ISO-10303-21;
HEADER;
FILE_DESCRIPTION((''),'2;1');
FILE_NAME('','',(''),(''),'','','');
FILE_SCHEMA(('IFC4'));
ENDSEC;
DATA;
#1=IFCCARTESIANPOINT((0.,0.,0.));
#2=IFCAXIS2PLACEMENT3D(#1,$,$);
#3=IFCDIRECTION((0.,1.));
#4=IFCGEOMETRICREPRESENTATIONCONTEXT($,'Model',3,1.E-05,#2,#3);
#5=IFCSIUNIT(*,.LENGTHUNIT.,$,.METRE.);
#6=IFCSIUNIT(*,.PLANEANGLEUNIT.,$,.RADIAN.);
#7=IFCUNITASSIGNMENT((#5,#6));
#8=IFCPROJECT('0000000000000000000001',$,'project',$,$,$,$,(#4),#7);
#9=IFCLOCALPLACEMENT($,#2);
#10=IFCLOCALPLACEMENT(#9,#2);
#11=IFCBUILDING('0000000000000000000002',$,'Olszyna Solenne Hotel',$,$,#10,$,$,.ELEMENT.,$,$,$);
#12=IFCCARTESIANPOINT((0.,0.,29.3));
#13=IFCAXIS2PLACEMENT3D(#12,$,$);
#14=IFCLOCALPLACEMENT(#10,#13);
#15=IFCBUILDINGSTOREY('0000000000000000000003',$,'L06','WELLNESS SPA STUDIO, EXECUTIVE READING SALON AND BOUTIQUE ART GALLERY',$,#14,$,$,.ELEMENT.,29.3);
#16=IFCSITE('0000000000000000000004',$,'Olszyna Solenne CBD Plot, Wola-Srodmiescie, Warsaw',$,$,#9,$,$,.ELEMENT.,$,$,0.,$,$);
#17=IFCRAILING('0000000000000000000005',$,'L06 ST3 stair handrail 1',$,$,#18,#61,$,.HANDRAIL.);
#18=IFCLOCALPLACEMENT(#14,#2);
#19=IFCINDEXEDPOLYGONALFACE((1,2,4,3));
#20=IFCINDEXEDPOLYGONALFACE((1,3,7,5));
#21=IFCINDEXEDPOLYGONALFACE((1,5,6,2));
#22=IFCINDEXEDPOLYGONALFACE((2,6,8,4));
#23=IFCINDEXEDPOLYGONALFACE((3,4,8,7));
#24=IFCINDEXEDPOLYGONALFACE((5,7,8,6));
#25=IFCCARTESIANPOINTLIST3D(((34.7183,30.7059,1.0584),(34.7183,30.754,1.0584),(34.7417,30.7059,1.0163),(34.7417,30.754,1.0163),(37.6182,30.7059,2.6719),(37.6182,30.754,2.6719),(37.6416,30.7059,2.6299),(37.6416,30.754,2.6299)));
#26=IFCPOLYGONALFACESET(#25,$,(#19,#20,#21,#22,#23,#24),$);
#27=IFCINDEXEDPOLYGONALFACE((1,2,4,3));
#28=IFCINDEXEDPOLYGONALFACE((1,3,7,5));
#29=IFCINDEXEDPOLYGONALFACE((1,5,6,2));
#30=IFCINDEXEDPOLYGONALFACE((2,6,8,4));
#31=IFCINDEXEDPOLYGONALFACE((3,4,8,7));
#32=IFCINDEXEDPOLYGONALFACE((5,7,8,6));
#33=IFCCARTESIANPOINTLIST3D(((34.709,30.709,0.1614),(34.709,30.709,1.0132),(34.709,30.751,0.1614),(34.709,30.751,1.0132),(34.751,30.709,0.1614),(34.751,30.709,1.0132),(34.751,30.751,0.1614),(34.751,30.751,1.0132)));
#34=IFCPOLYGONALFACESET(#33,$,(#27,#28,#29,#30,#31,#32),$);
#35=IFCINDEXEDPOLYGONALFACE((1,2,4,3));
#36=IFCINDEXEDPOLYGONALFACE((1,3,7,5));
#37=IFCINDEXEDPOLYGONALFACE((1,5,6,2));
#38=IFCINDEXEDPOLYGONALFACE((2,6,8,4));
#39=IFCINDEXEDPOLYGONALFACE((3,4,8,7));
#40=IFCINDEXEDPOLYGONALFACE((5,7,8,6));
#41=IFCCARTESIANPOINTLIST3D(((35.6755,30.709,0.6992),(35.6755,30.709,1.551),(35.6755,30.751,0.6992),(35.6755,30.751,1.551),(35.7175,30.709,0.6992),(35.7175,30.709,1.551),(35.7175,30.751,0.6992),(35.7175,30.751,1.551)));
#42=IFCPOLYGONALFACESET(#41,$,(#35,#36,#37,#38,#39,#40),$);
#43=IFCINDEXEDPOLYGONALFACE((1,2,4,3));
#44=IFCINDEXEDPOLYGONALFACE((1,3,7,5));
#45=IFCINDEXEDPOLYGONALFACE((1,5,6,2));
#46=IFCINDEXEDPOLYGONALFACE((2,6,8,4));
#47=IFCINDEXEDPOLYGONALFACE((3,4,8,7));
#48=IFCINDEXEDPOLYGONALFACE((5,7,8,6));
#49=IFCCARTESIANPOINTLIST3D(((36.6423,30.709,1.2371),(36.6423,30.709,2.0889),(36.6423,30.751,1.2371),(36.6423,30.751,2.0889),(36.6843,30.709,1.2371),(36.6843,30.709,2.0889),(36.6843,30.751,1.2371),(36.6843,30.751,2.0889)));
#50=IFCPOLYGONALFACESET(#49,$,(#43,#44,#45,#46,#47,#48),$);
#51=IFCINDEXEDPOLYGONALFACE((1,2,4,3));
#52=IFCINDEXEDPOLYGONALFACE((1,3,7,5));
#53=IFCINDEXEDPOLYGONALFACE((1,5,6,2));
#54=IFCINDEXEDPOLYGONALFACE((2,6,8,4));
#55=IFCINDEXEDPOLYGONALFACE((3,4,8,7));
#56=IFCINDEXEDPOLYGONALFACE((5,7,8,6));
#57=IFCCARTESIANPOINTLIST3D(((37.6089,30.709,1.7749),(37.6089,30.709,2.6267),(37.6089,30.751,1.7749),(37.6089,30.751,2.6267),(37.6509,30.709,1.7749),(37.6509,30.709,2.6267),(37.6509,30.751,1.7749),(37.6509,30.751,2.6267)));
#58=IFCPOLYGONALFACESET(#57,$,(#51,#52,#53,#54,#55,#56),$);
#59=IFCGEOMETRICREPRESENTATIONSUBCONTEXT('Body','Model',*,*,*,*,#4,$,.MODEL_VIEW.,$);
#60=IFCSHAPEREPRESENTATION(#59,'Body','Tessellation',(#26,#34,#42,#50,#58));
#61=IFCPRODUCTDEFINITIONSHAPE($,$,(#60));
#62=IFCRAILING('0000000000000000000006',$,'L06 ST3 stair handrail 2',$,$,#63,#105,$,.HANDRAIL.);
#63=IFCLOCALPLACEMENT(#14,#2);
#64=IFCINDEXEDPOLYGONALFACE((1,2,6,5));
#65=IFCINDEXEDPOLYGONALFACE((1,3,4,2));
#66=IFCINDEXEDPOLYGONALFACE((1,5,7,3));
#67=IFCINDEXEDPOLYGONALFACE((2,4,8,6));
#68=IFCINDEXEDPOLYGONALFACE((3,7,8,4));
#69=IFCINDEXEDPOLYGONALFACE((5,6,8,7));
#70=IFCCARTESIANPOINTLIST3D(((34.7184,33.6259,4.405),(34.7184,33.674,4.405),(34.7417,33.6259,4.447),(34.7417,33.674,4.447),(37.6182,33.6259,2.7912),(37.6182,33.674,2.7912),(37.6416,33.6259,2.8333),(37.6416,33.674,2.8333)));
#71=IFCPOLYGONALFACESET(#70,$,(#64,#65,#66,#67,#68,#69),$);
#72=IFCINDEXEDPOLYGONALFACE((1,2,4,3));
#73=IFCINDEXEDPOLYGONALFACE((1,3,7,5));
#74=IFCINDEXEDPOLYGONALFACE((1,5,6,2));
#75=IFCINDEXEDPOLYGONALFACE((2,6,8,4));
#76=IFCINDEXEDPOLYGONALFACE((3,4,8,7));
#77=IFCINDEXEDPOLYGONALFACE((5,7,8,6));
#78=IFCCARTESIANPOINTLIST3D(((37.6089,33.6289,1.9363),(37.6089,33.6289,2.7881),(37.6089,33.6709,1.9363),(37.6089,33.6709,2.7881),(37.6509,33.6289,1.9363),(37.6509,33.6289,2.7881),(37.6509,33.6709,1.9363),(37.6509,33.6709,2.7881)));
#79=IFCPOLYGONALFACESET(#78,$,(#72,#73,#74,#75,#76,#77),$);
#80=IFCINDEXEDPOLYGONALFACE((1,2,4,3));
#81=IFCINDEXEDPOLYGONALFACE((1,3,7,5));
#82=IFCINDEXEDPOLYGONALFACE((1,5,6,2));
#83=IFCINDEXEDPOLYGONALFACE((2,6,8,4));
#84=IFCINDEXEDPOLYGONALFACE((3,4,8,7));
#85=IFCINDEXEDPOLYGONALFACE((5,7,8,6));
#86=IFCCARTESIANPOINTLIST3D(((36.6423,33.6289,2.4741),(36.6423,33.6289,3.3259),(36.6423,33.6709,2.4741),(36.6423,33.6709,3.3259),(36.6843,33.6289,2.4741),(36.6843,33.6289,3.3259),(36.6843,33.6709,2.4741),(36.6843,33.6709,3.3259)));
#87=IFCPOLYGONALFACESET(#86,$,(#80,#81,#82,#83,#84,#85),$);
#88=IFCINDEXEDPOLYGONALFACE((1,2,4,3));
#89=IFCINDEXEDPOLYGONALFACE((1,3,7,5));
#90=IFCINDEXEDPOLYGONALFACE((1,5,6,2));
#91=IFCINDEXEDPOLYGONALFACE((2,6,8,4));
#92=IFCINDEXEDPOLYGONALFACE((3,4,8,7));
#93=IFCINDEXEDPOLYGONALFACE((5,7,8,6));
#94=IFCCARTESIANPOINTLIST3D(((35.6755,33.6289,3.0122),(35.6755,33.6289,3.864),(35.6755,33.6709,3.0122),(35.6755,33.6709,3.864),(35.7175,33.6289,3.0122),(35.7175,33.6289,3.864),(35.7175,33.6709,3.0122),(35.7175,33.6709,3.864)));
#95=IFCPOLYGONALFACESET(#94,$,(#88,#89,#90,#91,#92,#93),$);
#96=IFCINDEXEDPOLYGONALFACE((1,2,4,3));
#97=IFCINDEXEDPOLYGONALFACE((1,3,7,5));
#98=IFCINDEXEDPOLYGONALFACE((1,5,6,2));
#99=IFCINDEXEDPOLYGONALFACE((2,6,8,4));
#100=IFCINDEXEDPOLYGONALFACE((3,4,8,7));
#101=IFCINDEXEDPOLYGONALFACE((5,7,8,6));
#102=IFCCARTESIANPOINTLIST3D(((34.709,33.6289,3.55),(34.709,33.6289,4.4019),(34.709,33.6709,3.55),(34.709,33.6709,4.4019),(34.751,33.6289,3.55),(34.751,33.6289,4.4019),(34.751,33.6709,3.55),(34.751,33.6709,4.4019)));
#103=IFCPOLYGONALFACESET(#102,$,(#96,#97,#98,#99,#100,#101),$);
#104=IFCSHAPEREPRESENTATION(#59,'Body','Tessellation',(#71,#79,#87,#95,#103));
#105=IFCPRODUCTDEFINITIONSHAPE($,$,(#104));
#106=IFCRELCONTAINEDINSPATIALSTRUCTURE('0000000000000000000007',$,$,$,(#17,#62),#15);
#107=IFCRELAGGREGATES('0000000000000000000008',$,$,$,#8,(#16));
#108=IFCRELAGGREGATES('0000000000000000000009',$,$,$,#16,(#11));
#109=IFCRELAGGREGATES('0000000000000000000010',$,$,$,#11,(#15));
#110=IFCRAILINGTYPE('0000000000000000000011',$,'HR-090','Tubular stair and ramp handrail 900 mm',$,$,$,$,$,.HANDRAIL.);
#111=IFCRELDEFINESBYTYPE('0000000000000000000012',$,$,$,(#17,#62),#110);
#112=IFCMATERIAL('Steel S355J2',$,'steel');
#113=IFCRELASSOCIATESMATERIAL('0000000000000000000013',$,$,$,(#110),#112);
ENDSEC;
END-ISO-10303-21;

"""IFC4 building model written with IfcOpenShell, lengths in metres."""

from ifc_helpers import new_model, si_unit, direction, frame, origin, origin_2d, place, context, subcontext, project, spatial, rectangle, extrude, material, type_object, element, save


model = new_model("IFC4")

# Units and contexts
model_context = context("Model", 3, precision=1e-05, world=origin(), true_north=direction((0.0, 1.0)))
body_context = subcontext(model_context, "Body", "Model", "MODEL_VIEW")
ifc_project = project(units=[si_unit("LENGTHUNIT", "METRE"), si_unit("PLANEANGLEUNIT", "RADIAN")], contexts=[model_context])

# Site, building, storey
site_placement = place(None, origin())
site = spatial("IfcSite", under=ifc_project, at=site_placement, Name="Olszyna Solenne CBD Plot, Wola-Srodmiescie, Warsaw", CompositionType="ELEMENT", RefElevation=0.0)
building_placement = place(site_placement, origin())
building = spatial("IfcBuilding", under=site, at=building_placement, Name="Olszyna Solenne Hotel", CompositionType="ELEMENT")
storey_placement = place(building_placement, frame((0.0, 0.0, 29.3)))
storey = spatial("IfcBuildingStorey", under=building, at=storey_placement, Name="L06", Description="WELLNESS SPA STUDIO, EXECUTIVE READING SALON AND BOUTIQUE ART GALLERY", CompositionType="ELEMENT", Elevation=29.3)

# Shared definitions
ifc_material_1 = material(Name="Steel S355J2", Category="steel")

# Railings
railing_type_1 = type_object("IfcRailingType", Name="HR-090", Description="Tubular stair and ramp handrail 900 mm", PredefinedType="HANDRAIL", material=ifc_material_1)
railing_1_placement = place(storey_placement, frame((34.73, 30.73, 0.1614)))
element("IfcRailing", 1, at=railing_1_placement, inside=storey, type_object=railing_type_1, Name="L06 ST3 stair handrail 1", PredefinedType="HANDRAIL", context=body_context, shape_type="SweptSolid", body=[
    extrude(rectangle(XDim=0.0481, YDim=0.0481, at=origin_2d()), frame((0.0, 0.0, 0.876), z_axis=(0.873841, 0.0, 0.486211), x_axis=(0.0, 1.0, 0.0)), (0.0, 0.0, 1.0), 3.3186),
    extrude(rectangle(XDim=0.042, YDim=0.042, at=origin_2d()), origin(), (0.0, 0.0, 1.0), 0.8518),
    extrude(rectangle(XDim=0.042, YDim=0.042, at=origin_2d()), frame((0.9666, 0.0, 0.5378)), (0.0, 0.0, 1.0), 0.8518),
    extrude(rectangle(XDim=0.042, YDim=0.042, at=origin_2d()), frame((1.9333, 0.0, 1.0757)), (0.0, 0.0, 1.0), 0.8518),
    extrude(rectangle(XDim=0.042, YDim=0.042, at=origin_2d()), frame((2.8999, 0.0, 1.6135)), (0.0, 0.0, 1.0), 0.8518),
])
railing_2_placement = place(storey_placement, frame((37.6299, 33.6499, 1.9363)))
element("IfcRailing", 2, at=railing_2_placement, inside=storey, type_object=railing_type_1, Name="L06 ST3 stair handrail 2", PredefinedType="HANDRAIL", context=body_context, shape_type="SweptSolid", body=[
    extrude(rectangle(XDim=0.0481, YDim=0.0481, at=origin_2d()), frame((0.0, 0.0, 0.876), z_axis=(-0.87381, 0.0, 0.486267), x_axis=(0.0, -1.0, 0.0)), (0.0, 0.0, 1.0), 3.3186),
    extrude(rectangle(XDim=0.042, YDim=0.042, at=origin_2d()), origin(), (0.0, 0.0, 1.0), 0.8518),
    extrude(rectangle(XDim=0.042, YDim=0.042, at=origin_2d()), frame((-0.9666, 0.0, 0.5378)), (0.0, 0.0, 1.0), 0.8518),
    extrude(rectangle(XDim=0.042, YDim=0.042, at=origin_2d()), frame((-1.9333, 0.0, 1.0759)), (0.0, 0.0, 1.0), 0.8518),
    extrude(rectangle(XDim=0.042, YDim=0.042, at=origin_2d()), frame((-2.8999, 0.0, 1.6138)), (0.0, 0.0, 1.0), 0.8518),
])

save(model, "model.ifc")
